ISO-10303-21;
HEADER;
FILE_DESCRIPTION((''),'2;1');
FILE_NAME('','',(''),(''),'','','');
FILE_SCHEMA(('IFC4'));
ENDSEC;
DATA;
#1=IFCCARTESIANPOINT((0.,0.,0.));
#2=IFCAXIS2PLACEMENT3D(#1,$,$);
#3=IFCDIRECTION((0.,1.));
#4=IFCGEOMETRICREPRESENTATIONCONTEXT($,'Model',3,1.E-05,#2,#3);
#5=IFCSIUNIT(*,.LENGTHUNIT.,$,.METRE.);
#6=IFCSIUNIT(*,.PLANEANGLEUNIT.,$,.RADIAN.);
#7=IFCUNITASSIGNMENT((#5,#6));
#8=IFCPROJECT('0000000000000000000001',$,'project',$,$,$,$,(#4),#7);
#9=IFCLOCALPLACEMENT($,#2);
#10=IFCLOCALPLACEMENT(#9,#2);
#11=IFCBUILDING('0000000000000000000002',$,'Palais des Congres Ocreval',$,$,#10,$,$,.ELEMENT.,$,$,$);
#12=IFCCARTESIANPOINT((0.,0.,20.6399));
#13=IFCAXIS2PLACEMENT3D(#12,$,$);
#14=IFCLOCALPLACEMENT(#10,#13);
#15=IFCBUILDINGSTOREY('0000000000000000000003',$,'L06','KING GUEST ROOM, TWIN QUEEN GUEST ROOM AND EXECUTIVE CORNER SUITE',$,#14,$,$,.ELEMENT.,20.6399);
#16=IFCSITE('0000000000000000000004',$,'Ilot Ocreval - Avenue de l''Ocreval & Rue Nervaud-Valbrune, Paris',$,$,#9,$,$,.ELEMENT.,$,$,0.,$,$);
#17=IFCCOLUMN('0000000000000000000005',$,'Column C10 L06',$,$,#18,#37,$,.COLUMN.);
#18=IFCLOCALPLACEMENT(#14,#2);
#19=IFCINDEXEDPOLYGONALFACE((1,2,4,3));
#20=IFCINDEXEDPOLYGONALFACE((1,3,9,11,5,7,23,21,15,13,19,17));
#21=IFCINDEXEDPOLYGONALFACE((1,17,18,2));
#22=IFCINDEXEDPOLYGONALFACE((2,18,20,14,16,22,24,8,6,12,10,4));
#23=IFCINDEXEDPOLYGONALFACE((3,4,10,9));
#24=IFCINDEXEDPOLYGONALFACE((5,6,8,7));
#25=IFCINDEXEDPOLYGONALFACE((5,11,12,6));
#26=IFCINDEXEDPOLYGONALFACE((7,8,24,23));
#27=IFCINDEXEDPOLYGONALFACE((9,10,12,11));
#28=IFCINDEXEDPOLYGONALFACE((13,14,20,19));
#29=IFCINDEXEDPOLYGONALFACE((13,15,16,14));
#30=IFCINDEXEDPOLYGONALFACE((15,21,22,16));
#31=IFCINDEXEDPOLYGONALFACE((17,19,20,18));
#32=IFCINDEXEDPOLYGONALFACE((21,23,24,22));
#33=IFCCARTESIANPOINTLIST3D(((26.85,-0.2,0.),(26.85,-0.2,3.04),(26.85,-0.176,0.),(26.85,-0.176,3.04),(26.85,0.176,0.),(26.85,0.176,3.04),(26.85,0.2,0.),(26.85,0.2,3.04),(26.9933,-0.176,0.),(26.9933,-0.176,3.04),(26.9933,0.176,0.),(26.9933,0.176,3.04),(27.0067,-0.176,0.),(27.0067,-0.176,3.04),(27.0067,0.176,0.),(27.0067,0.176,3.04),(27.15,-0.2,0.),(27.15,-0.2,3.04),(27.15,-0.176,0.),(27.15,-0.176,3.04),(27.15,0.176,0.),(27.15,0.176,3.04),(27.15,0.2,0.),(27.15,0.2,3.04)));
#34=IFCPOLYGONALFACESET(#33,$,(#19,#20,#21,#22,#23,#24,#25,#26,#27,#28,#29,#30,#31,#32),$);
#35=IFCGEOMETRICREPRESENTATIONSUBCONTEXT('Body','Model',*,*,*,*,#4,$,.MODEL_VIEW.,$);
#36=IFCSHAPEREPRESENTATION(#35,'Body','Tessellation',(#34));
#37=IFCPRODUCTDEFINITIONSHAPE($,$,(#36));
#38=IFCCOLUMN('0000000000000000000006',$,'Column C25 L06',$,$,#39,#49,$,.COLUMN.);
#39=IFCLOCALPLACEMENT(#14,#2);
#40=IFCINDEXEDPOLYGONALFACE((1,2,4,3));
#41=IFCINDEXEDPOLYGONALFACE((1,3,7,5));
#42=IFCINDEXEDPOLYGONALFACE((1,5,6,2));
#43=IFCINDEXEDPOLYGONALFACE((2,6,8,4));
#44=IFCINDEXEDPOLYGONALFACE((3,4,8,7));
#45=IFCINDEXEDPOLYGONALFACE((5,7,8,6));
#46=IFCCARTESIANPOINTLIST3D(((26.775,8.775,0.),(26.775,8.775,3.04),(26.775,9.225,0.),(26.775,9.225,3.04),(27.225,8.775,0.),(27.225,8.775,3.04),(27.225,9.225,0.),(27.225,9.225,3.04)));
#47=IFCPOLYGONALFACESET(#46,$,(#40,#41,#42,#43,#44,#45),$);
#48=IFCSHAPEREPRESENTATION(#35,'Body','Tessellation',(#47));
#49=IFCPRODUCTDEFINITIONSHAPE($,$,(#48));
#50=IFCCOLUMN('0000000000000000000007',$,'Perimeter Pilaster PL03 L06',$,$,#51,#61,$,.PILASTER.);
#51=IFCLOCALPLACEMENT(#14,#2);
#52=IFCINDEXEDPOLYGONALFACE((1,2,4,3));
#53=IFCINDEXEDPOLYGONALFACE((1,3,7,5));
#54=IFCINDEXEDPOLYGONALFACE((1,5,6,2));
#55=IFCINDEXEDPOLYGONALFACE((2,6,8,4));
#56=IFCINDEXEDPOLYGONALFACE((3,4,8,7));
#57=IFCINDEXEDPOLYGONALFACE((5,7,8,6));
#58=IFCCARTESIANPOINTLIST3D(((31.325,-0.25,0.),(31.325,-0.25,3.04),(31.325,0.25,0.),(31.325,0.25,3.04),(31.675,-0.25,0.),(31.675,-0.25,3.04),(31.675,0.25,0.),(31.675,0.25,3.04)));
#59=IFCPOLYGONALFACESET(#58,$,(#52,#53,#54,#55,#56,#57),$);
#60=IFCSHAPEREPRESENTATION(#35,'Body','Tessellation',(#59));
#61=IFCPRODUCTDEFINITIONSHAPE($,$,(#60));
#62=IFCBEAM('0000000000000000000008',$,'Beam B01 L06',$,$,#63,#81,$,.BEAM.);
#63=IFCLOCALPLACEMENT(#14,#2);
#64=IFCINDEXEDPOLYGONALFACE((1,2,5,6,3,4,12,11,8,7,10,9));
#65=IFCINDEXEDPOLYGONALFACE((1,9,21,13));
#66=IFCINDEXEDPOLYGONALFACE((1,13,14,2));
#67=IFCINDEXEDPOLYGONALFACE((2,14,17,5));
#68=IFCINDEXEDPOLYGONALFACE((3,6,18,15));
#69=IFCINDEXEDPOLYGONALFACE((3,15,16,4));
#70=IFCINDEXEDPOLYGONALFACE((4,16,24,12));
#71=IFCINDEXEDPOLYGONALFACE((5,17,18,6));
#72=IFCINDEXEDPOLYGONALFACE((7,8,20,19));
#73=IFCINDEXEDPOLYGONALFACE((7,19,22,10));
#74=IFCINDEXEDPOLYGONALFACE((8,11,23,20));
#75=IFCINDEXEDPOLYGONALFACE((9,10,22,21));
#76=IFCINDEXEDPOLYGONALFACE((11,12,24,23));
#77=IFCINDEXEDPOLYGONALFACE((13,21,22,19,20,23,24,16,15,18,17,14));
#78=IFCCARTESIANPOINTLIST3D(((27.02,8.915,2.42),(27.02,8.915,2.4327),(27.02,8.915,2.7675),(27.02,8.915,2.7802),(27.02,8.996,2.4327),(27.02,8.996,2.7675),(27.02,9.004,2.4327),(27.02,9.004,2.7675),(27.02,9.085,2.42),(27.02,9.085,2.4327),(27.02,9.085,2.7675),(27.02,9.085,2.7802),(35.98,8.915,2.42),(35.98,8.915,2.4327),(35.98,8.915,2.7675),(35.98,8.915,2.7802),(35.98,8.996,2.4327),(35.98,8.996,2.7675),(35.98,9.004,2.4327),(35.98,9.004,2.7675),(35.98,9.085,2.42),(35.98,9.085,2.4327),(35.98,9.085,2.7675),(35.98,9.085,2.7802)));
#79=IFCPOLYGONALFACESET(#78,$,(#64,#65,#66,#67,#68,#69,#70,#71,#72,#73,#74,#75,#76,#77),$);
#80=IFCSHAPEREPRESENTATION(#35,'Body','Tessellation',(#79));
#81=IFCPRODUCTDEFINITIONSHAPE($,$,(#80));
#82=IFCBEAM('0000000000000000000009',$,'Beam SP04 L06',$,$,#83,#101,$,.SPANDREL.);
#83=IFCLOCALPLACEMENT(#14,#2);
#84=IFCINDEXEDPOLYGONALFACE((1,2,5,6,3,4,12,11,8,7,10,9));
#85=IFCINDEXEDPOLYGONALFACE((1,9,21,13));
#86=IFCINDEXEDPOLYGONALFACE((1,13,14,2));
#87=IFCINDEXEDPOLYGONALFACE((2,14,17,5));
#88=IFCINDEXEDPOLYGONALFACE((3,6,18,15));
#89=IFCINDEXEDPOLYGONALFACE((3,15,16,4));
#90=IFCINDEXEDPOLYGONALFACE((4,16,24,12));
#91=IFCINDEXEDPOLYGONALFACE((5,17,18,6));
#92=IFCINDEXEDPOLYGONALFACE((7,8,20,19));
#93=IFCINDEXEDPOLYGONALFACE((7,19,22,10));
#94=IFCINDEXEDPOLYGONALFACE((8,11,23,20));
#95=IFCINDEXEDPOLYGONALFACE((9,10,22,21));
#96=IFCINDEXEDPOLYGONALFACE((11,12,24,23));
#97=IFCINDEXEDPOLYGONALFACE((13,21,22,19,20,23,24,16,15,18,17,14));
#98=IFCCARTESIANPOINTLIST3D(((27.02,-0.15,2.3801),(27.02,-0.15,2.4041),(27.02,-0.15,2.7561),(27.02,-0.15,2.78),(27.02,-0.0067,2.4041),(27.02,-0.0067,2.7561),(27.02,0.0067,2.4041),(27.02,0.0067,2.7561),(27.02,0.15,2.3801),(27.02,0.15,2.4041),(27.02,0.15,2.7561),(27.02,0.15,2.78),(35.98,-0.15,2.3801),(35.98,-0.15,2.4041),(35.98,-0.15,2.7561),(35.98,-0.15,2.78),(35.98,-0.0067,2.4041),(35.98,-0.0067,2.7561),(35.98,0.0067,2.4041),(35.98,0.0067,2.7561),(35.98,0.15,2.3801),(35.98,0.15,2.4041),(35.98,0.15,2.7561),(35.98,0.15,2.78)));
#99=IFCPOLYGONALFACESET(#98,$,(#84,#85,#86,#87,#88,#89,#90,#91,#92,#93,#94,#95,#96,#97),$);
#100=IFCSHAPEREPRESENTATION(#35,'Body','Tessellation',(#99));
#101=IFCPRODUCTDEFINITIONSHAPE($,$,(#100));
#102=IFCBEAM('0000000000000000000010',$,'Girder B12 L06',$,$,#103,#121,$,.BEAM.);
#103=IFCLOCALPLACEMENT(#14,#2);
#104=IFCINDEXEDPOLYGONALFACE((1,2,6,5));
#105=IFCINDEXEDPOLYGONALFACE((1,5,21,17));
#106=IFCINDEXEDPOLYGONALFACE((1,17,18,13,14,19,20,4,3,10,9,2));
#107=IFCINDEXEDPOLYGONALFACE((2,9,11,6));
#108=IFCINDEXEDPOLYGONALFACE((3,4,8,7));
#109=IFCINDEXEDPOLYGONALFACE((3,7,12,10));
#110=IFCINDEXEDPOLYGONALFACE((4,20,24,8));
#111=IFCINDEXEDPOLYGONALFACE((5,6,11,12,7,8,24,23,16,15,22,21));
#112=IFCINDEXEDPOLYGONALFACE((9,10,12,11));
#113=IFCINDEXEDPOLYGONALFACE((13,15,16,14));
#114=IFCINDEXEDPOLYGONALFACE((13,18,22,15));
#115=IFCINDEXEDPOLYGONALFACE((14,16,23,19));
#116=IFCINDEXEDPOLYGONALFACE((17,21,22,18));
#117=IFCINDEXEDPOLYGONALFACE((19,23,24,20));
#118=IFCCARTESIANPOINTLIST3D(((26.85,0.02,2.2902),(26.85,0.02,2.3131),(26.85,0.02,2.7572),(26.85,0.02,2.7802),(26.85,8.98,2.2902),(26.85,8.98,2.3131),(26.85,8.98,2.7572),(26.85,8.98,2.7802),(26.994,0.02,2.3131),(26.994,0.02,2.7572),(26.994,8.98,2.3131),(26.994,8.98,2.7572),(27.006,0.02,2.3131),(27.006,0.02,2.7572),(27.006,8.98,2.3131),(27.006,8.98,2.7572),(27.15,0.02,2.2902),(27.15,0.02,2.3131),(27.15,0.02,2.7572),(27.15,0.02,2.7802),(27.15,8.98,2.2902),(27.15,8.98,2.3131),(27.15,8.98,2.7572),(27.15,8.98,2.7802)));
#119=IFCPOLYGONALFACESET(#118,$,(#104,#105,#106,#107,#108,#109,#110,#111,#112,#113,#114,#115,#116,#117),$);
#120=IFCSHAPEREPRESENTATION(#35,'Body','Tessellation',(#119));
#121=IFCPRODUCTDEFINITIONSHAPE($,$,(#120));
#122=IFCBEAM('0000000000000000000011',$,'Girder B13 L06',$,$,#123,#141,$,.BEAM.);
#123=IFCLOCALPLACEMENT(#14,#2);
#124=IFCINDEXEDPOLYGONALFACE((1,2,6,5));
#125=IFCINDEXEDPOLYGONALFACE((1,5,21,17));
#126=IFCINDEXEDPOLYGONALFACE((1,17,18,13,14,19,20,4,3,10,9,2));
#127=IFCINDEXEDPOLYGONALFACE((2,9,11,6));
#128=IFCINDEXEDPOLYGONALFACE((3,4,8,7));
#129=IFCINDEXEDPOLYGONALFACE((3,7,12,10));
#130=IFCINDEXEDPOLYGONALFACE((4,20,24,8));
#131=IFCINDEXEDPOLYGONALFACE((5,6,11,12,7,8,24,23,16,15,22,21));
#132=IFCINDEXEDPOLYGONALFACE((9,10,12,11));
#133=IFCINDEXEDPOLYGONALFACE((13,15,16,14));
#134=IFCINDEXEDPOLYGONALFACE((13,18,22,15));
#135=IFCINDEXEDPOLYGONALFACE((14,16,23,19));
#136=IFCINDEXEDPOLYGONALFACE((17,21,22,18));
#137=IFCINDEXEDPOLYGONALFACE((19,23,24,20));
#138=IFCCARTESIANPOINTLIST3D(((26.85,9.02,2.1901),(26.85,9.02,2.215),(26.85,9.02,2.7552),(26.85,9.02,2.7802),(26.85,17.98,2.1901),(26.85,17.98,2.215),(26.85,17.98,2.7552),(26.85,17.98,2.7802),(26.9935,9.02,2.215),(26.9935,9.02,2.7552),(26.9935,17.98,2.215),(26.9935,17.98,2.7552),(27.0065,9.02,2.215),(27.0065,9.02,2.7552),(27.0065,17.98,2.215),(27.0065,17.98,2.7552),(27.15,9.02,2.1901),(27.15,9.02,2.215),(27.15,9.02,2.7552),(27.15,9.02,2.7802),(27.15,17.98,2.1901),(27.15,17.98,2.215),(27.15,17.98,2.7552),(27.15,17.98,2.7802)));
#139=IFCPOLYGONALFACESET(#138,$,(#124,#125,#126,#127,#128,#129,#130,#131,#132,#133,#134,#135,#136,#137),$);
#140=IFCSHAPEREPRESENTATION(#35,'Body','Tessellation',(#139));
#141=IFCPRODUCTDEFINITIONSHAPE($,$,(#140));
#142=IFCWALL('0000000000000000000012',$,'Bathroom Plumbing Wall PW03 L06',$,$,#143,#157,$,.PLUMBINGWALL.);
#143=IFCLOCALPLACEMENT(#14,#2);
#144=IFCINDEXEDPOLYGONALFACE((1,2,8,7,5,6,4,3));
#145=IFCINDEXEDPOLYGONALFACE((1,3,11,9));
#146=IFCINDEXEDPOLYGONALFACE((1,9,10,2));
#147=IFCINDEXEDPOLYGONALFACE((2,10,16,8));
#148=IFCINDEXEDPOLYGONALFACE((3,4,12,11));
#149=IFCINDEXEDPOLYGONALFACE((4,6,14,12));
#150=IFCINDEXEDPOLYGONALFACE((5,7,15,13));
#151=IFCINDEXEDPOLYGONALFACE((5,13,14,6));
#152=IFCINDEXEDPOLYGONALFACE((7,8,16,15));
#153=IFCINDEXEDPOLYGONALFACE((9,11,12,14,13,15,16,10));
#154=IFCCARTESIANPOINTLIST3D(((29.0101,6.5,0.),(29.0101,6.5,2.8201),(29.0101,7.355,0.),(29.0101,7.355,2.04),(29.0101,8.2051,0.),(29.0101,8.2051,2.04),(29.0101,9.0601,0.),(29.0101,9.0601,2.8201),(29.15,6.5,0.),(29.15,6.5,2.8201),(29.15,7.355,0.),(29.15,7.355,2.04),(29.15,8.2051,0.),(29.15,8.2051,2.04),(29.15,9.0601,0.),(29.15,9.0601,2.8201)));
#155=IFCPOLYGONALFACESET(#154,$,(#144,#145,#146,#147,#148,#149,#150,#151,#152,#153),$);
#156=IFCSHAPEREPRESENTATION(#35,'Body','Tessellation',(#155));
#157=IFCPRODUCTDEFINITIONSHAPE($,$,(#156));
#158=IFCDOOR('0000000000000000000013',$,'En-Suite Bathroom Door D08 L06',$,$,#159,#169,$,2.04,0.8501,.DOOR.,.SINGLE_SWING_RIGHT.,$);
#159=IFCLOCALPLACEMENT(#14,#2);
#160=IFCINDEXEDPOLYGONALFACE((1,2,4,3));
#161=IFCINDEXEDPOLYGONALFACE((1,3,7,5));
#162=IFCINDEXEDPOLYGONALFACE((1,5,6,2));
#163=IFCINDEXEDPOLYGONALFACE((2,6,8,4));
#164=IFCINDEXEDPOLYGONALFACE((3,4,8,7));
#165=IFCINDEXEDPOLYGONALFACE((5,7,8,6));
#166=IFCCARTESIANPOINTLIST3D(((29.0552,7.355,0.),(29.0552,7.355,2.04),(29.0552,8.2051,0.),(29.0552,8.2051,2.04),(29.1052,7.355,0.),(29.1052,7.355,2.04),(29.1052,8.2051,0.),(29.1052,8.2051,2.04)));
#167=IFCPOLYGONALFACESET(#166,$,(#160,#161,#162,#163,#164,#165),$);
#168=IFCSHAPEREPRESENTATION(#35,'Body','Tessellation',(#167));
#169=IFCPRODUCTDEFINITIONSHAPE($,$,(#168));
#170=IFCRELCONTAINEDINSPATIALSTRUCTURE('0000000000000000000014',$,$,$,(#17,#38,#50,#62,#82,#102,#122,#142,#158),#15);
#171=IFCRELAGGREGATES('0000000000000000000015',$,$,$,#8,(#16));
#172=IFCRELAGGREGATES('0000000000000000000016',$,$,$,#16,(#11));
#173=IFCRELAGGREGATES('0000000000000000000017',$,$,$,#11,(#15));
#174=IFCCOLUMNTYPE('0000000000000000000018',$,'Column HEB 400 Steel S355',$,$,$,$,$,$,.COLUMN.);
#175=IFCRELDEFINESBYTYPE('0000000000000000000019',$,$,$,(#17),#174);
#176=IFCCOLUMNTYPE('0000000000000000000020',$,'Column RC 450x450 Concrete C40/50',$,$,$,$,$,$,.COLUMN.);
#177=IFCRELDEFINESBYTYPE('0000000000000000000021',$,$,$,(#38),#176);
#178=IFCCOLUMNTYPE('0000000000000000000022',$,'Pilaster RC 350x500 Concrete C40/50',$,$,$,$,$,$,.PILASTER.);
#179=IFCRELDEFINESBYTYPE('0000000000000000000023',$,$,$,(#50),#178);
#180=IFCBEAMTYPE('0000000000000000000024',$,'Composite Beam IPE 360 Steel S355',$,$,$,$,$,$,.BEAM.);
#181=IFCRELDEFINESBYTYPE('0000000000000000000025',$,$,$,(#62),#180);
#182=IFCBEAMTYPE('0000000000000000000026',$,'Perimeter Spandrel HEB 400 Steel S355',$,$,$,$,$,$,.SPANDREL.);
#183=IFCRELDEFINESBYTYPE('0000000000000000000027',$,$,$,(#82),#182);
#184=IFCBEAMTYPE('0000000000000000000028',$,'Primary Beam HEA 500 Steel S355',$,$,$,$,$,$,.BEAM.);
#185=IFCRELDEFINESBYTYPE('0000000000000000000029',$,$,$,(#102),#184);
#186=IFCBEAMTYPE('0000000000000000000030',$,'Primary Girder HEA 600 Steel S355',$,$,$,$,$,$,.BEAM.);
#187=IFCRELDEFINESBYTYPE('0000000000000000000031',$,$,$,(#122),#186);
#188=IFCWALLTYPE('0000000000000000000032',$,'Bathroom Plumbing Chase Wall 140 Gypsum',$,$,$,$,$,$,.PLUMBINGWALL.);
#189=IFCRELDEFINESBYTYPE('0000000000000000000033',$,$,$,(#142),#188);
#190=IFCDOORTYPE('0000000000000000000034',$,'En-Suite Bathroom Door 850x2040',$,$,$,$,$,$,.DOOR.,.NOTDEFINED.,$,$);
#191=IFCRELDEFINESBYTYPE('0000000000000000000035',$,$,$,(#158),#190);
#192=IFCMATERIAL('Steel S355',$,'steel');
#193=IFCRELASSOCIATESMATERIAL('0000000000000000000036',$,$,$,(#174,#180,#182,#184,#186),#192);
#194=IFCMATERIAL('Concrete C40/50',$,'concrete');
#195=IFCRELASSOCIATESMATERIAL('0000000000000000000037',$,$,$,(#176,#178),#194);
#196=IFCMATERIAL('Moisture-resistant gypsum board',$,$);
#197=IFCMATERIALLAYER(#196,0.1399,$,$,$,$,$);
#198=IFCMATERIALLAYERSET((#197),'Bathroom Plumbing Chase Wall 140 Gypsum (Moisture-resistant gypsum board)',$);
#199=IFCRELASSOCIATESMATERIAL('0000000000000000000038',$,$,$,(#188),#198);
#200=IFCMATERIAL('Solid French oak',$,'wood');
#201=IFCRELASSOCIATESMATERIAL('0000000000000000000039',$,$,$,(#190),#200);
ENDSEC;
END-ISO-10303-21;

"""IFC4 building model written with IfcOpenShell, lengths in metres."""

from ifc_helpers import new_model, si_unit, direction, frame, frame_2d, origin, origin_2d, place, context, subcontext, project, spatial, rectangle, i_section, extrude, material, layer, layer_set, material_profile, profile_set, type_object, element, fill, save


model = new_model("IFC4")

# Units and contexts
model_context = context("Model", 3, precision=1e-05, world=origin(), true_north=direction((0.0, 1.0)))
body_context = subcontext(model_context, "Body", "Model", "MODEL_VIEW")
ifc_project = project(units=[si_unit("LENGTHUNIT", "METRE"), si_unit("PLANEANGLEUNIT", "RADIAN")], contexts=[model_context])

# Site, building, storey
site_placement = place(None, origin())
site = spatial("IfcSite", under=ifc_project, at=site_placement, Name="Ilot Ocreval - Avenue de l'Ocreval & Rue Nervaud-Valbrune, Paris", CompositionType="ELEMENT", RefElevation=0.0)
building_placement = place(site_placement, origin())
building = spatial("IfcBuilding", under=site, at=building_placement, Name="Palais des Congres Ocreval", CompositionType="ELEMENT")
storey_placement = place(building_placement, frame((0.0, 0.0, 20.6399)))
storey = spatial("IfcBuildingStorey", under=building, at=storey_placement, Name="L06", Description="KING GUEST ROOM, TWIN QUEEN GUEST ROOM AND EXECUTIVE CORNER SUITE", CompositionType="ELEMENT", Elevation=20.6399)

# Columns
ifc_material_1 = material(Name="Steel S355", Category="steel")
ifc_material_profile_1 = material_profile(ifc_material_1, i_section(OverallWidth=0.3, OverallDepth=0.3999, WebThickness=0.0134, FlangeThickness=0.0239, at=origin_2d()), Name="HEB 400")
ifc_profile_set_1 = profile_set([ifc_material_profile_1], Name="Steel S355")
column_type_1 = type_object("IfcColumnType", Name="Column HEB 400 Steel S355", PredefinedType="COLUMN", material=ifc_profile_set_1)
column_1_placement = place(storey_placement, frame((27.0, 0.0, 0.0), z_axis=(0.0, 0.0, 1.0), x_axis=(1.0, 0.0, 0.0)))
element("IfcColumn", 1, at=column_1_placement, inside=storey, type_object=column_type_1, Name="Column C10 L06", PredefinedType="COLUMN", context=body_context, shape_type="SweptSolid", body=[
    extrude(i_section(OverallWidth=0.3, OverallDepth=0.3999, WebThickness=0.0134, FlangeThickness=0.0239, at=origin_2d()), origin(), (0.0, 0.0, 1.0), 3.04),
])
ifc_material_2 = material(Name="Concrete C40/50", Category="concrete")
ifc_material_profile_2 = material_profile(ifc_material_2, rectangle(XDim=0.45, YDim=0.45, at=origin_2d()), Name="RC 450x450")
ifc_profile_set_2 = profile_set([ifc_material_profile_2], Name="Concrete C40/50")
column_type_2 = type_object("IfcColumnType", Name="Column RC 450x450 Concrete C40/50", PredefinedType="COLUMN", material=ifc_profile_set_2)
column_2_placement = place(storey_placement, frame((27.0, 9.0, 0.0), z_axis=(0.0, 0.0, 1.0), x_axis=(1.0, 0.0, 0.0)))
element("IfcColumn", 2, at=column_2_placement, inside=storey, type_object=column_type_2, Name="Column C25 L06", PredefinedType="COLUMN", context=body_context, shape_type="SweptSolid", body=[
    extrude(rectangle(XDim=0.45, YDim=0.45, at=origin_2d()), origin(), (0.0, 0.0, 1.0), 3.04),
])
ifc_material_profile_3 = material_profile(ifc_material_2, rectangle(XDim=0.3501, YDim=0.5, at=origin_2d()), Name="RC 350x500")
ifc_profile_set_3 = profile_set([ifc_material_profile_3], Name="Concrete C40/50")
column_type_3 = type_object("IfcColumnType", Name="Pilaster RC 350x500 Concrete C40/50", PredefinedType="PILASTER", material=ifc_profile_set_3)
column_3_placement = place(storey_placement, frame((31.5, 0.0, 0.0), z_axis=(0.0, 0.0, 1.0), x_axis=(1.0, 0.0, 0.0)))
element("IfcColumn", 3, at=column_3_placement, inside=storey, type_object=column_type_3, Name="Perimeter Pilaster PL03 L06", PredefinedType="PILASTER", context=body_context, shape_type="SweptSolid", body=[
    extrude(rectangle(XDim=0.3501, YDim=0.5, at=origin_2d()), origin(), (0.0, 0.0, 1.0), 3.04),
])

# Beams
ifc_material_profile_4 = material_profile(ifc_material_1, i_section(OverallWidth=0.1699, OverallDepth=0.3601, WebThickness=0.0081, FlangeThickness=0.0127, at=origin_2d()), Name="IPE 360")
ifc_profile_set_4 = profile_set([ifc_material_profile_4], Name="Steel S355")
beam_type_1 = type_object("IfcBeamType", Name="Composite Beam IPE 360 Steel S355", PredefinedType="BEAM", material=ifc_profile_set_4)
beam_1_placement = place(storey_placement, frame((27.02, 9.0, 2.6001), z_axis=(1.0, 0.0, 0.0), x_axis=(0.0, 1.0, 0.0)))
element("IfcBeam", 4, at=beam_1_placement, inside=storey, type_object=beam_type_1, Name="Beam B01 L06", PredefinedType="BEAM", context=body_context, shape_type="SweptSolid", body=[
    extrude(i_section(OverallWidth=0.1699, OverallDepth=0.3601, WebThickness=0.0081, FlangeThickness=0.0127, at=origin_2d()), origin(), (0.0, 0.0, 1.0), 8.96),
])
ifc_material_profile_5 = material_profile(ifc_material_1, i_section(OverallWidth=0.3, OverallDepth=0.3999, WebThickness=0.0134, FlangeThickness=0.0239, at=origin_2d()), Name="HEB 400")
ifc_profile_set_5 = profile_set([ifc_material_profile_5], Name="Steel S355")
beam_type_2 = type_object("IfcBeamType", Name="Perimeter Spandrel HEB 400 Steel S355", PredefinedType="SPANDREL", material=ifc_profile_set_5)
beam_2_placement = place(storey_placement, frame((27.02, 0.0, 2.5801), z_axis=(1.0, 0.0, 0.0), x_axis=(0.0, 1.0, 0.0)))
element("IfcBeam", 5, at=beam_2_placement, inside=storey, type_object=beam_type_2, Name="Beam SP04 L06", PredefinedType="SPANDREL", context=body_context, shape_type="SweptSolid", body=[
    extrude(i_section(OverallWidth=0.3, OverallDepth=0.3999, WebThickness=0.0134, FlangeThickness=0.0239, at=origin_2d()), origin(), (0.0, 0.0, 1.0), 8.96),
])
ifc_material_profile_6 = material_profile(ifc_material_1, i_section(OverallWidth=0.3, OverallDepth=0.49, WebThickness=0.012, FlangeThickness=0.0229, at=origin_2d()), Name="HEA 500")
ifc_profile_set_6 = profile_set([ifc_material_profile_6], Name="Steel S355")
beam_type_3 = type_object("IfcBeamType", Name="Primary Beam HEA 500 Steel S355", PredefinedType="BEAM", material=ifc_profile_set_6)
beam_3_placement = place(storey_placement, frame((27.0, 0.02, 2.5352), z_axis=(0.0, 1.0, 0.0), x_axis=(-1.0, 0.0, 0.0)))
element("IfcBeam", 6, at=beam_3_placement, inside=storey, type_object=beam_type_3, Name="Girder B12 L06", PredefinedType="BEAM", context=body_context, shape_type="SweptSolid", body=[
    extrude(i_section(OverallWidth=0.3, OverallDepth=0.49, WebThickness=0.012, FlangeThickness=0.0229, at=origin_2d()), origin(), (0.0, 0.0, 1.0), 8.96),
])
ifc_material_profile_7 = material_profile(ifc_material_1, i_section(OverallWidth=0.3, OverallDepth=0.5901, WebThickness=0.0129, FlangeThickness=0.0249, at=origin_2d()), Name="HEA 600")
ifc_profile_set_7 = profile_set([ifc_material_profile_7], Name="Steel S355")
beam_type_4 = type_object("IfcBeamType", Name="Primary Girder HEA 600 Steel S355", PredefinedType="BEAM", material=ifc_profile_set_7)
beam_4_placement = place(storey_placement, frame((27.0, 9.02, 2.4851), z_axis=(0.0, 1.0, 0.0), x_axis=(-1.0, 0.0, 0.0)))
element("IfcBeam", 7, at=beam_4_placement, inside=storey, type_object=beam_type_4, Name="Girder B13 L06", PredefinedType="BEAM", context=body_context, shape_type="SweptSolid", body=[
    extrude(i_section(OverallWidth=0.3, OverallDepth=0.5901, WebThickness=0.0129, FlangeThickness=0.0249, at=origin_2d()), origin(), (0.0, 0.0, 1.0), 8.96),
])

# Wall, opening, door
ifc_material_3 = material(Name="Moisture-resistant gypsum board")
ifc_layer_1 = layer(ifc_material_3, 0.1399)
ifc_layer_set_1 = layer_set([ifc_layer_1], Name="Bathroom Plumbing Chase Wall 140 Gypsum (Moisture-resistant gypsum board)")
wall_type_1 = type_object("IfcWallType", Name="Bathroom Plumbing Chase Wall 140 Gypsum", PredefinedType="PLUMBINGWALL", material=ifc_layer_set_1)
wall_1_placement = place(storey_placement, frame((29.0801, 6.5, 0.0), z_axis=(0.0, 0.0, 1.0), x_axis=(0.0, 1.0, 0.0)))
wall_1 = element("IfcWall", 8, at=wall_1_placement, inside=storey, type_object=wall_type_1, Name="Bathroom Plumbing Wall PW03 L06", PredefinedType="PLUMBINGWALL", context=body_context, shape_type="SweptSolid", body=[
    extrude(rectangle(XDim=2.5601, YDim=0.1399, at=frame_2d((1.28, 0.0))), origin(), (0.0, 0.0, 1.0), 2.8201),
])
opening_1_placement = place(wall_1_placement, frame((0.855, 0.0, 0.0)))
opening_1 = element("IfcOpeningElement", 9, at=opening_1_placement, cuts=wall_1, PredefinedType="OPENING", context=body_context, shape_type="SweptSolid", body=[
    extrude(rectangle(XDim=0.8501, YDim=2.04, at=frame_2d((0.425, 1.02))), frame((0.0, 0.0798, 0.0), z_axis=(0.0, -1.0, 0.0), x_axis=(1.0, 0.0, 0.0)), (0.0, 0.0, 1.0), 0.1599),
])
ifc_material_4 = material(Name="Solid French oak", Category="wood")
door_type = type_object("IfcDoorType", Name="En-Suite Bathroom Door 850x2040", OperationType="NOTDEFINED", PredefinedType="DOOR", material=ifc_material_4)
door_1_placement = place(opening_1_placement, origin())
door_1 = element("IfcDoor", 10, at=door_1_placement, inside=storey, type_object=door_type, Name="En-Suite Bathroom Door D08 L06", OperationType="SINGLE_SWING_RIGHT", OverallHeight=2.04, OverallWidth=0.8501, PredefinedType="DOOR", context=body_context, shape_type="SweptSolid", body=[
    extrude(rectangle(XDim=0.8501, YDim=2.04, at=frame_2d((0.425, 1.02))), frame((0.0, 0.0249, 0.0), z_axis=(0.0, -1.0, 0.0), x_axis=(1.0, 0.0, 0.0)), (0.0, 0.0, 1.0), 0.05),
])
fill(opening_1, door_1)

save(model, "model.ifc")
